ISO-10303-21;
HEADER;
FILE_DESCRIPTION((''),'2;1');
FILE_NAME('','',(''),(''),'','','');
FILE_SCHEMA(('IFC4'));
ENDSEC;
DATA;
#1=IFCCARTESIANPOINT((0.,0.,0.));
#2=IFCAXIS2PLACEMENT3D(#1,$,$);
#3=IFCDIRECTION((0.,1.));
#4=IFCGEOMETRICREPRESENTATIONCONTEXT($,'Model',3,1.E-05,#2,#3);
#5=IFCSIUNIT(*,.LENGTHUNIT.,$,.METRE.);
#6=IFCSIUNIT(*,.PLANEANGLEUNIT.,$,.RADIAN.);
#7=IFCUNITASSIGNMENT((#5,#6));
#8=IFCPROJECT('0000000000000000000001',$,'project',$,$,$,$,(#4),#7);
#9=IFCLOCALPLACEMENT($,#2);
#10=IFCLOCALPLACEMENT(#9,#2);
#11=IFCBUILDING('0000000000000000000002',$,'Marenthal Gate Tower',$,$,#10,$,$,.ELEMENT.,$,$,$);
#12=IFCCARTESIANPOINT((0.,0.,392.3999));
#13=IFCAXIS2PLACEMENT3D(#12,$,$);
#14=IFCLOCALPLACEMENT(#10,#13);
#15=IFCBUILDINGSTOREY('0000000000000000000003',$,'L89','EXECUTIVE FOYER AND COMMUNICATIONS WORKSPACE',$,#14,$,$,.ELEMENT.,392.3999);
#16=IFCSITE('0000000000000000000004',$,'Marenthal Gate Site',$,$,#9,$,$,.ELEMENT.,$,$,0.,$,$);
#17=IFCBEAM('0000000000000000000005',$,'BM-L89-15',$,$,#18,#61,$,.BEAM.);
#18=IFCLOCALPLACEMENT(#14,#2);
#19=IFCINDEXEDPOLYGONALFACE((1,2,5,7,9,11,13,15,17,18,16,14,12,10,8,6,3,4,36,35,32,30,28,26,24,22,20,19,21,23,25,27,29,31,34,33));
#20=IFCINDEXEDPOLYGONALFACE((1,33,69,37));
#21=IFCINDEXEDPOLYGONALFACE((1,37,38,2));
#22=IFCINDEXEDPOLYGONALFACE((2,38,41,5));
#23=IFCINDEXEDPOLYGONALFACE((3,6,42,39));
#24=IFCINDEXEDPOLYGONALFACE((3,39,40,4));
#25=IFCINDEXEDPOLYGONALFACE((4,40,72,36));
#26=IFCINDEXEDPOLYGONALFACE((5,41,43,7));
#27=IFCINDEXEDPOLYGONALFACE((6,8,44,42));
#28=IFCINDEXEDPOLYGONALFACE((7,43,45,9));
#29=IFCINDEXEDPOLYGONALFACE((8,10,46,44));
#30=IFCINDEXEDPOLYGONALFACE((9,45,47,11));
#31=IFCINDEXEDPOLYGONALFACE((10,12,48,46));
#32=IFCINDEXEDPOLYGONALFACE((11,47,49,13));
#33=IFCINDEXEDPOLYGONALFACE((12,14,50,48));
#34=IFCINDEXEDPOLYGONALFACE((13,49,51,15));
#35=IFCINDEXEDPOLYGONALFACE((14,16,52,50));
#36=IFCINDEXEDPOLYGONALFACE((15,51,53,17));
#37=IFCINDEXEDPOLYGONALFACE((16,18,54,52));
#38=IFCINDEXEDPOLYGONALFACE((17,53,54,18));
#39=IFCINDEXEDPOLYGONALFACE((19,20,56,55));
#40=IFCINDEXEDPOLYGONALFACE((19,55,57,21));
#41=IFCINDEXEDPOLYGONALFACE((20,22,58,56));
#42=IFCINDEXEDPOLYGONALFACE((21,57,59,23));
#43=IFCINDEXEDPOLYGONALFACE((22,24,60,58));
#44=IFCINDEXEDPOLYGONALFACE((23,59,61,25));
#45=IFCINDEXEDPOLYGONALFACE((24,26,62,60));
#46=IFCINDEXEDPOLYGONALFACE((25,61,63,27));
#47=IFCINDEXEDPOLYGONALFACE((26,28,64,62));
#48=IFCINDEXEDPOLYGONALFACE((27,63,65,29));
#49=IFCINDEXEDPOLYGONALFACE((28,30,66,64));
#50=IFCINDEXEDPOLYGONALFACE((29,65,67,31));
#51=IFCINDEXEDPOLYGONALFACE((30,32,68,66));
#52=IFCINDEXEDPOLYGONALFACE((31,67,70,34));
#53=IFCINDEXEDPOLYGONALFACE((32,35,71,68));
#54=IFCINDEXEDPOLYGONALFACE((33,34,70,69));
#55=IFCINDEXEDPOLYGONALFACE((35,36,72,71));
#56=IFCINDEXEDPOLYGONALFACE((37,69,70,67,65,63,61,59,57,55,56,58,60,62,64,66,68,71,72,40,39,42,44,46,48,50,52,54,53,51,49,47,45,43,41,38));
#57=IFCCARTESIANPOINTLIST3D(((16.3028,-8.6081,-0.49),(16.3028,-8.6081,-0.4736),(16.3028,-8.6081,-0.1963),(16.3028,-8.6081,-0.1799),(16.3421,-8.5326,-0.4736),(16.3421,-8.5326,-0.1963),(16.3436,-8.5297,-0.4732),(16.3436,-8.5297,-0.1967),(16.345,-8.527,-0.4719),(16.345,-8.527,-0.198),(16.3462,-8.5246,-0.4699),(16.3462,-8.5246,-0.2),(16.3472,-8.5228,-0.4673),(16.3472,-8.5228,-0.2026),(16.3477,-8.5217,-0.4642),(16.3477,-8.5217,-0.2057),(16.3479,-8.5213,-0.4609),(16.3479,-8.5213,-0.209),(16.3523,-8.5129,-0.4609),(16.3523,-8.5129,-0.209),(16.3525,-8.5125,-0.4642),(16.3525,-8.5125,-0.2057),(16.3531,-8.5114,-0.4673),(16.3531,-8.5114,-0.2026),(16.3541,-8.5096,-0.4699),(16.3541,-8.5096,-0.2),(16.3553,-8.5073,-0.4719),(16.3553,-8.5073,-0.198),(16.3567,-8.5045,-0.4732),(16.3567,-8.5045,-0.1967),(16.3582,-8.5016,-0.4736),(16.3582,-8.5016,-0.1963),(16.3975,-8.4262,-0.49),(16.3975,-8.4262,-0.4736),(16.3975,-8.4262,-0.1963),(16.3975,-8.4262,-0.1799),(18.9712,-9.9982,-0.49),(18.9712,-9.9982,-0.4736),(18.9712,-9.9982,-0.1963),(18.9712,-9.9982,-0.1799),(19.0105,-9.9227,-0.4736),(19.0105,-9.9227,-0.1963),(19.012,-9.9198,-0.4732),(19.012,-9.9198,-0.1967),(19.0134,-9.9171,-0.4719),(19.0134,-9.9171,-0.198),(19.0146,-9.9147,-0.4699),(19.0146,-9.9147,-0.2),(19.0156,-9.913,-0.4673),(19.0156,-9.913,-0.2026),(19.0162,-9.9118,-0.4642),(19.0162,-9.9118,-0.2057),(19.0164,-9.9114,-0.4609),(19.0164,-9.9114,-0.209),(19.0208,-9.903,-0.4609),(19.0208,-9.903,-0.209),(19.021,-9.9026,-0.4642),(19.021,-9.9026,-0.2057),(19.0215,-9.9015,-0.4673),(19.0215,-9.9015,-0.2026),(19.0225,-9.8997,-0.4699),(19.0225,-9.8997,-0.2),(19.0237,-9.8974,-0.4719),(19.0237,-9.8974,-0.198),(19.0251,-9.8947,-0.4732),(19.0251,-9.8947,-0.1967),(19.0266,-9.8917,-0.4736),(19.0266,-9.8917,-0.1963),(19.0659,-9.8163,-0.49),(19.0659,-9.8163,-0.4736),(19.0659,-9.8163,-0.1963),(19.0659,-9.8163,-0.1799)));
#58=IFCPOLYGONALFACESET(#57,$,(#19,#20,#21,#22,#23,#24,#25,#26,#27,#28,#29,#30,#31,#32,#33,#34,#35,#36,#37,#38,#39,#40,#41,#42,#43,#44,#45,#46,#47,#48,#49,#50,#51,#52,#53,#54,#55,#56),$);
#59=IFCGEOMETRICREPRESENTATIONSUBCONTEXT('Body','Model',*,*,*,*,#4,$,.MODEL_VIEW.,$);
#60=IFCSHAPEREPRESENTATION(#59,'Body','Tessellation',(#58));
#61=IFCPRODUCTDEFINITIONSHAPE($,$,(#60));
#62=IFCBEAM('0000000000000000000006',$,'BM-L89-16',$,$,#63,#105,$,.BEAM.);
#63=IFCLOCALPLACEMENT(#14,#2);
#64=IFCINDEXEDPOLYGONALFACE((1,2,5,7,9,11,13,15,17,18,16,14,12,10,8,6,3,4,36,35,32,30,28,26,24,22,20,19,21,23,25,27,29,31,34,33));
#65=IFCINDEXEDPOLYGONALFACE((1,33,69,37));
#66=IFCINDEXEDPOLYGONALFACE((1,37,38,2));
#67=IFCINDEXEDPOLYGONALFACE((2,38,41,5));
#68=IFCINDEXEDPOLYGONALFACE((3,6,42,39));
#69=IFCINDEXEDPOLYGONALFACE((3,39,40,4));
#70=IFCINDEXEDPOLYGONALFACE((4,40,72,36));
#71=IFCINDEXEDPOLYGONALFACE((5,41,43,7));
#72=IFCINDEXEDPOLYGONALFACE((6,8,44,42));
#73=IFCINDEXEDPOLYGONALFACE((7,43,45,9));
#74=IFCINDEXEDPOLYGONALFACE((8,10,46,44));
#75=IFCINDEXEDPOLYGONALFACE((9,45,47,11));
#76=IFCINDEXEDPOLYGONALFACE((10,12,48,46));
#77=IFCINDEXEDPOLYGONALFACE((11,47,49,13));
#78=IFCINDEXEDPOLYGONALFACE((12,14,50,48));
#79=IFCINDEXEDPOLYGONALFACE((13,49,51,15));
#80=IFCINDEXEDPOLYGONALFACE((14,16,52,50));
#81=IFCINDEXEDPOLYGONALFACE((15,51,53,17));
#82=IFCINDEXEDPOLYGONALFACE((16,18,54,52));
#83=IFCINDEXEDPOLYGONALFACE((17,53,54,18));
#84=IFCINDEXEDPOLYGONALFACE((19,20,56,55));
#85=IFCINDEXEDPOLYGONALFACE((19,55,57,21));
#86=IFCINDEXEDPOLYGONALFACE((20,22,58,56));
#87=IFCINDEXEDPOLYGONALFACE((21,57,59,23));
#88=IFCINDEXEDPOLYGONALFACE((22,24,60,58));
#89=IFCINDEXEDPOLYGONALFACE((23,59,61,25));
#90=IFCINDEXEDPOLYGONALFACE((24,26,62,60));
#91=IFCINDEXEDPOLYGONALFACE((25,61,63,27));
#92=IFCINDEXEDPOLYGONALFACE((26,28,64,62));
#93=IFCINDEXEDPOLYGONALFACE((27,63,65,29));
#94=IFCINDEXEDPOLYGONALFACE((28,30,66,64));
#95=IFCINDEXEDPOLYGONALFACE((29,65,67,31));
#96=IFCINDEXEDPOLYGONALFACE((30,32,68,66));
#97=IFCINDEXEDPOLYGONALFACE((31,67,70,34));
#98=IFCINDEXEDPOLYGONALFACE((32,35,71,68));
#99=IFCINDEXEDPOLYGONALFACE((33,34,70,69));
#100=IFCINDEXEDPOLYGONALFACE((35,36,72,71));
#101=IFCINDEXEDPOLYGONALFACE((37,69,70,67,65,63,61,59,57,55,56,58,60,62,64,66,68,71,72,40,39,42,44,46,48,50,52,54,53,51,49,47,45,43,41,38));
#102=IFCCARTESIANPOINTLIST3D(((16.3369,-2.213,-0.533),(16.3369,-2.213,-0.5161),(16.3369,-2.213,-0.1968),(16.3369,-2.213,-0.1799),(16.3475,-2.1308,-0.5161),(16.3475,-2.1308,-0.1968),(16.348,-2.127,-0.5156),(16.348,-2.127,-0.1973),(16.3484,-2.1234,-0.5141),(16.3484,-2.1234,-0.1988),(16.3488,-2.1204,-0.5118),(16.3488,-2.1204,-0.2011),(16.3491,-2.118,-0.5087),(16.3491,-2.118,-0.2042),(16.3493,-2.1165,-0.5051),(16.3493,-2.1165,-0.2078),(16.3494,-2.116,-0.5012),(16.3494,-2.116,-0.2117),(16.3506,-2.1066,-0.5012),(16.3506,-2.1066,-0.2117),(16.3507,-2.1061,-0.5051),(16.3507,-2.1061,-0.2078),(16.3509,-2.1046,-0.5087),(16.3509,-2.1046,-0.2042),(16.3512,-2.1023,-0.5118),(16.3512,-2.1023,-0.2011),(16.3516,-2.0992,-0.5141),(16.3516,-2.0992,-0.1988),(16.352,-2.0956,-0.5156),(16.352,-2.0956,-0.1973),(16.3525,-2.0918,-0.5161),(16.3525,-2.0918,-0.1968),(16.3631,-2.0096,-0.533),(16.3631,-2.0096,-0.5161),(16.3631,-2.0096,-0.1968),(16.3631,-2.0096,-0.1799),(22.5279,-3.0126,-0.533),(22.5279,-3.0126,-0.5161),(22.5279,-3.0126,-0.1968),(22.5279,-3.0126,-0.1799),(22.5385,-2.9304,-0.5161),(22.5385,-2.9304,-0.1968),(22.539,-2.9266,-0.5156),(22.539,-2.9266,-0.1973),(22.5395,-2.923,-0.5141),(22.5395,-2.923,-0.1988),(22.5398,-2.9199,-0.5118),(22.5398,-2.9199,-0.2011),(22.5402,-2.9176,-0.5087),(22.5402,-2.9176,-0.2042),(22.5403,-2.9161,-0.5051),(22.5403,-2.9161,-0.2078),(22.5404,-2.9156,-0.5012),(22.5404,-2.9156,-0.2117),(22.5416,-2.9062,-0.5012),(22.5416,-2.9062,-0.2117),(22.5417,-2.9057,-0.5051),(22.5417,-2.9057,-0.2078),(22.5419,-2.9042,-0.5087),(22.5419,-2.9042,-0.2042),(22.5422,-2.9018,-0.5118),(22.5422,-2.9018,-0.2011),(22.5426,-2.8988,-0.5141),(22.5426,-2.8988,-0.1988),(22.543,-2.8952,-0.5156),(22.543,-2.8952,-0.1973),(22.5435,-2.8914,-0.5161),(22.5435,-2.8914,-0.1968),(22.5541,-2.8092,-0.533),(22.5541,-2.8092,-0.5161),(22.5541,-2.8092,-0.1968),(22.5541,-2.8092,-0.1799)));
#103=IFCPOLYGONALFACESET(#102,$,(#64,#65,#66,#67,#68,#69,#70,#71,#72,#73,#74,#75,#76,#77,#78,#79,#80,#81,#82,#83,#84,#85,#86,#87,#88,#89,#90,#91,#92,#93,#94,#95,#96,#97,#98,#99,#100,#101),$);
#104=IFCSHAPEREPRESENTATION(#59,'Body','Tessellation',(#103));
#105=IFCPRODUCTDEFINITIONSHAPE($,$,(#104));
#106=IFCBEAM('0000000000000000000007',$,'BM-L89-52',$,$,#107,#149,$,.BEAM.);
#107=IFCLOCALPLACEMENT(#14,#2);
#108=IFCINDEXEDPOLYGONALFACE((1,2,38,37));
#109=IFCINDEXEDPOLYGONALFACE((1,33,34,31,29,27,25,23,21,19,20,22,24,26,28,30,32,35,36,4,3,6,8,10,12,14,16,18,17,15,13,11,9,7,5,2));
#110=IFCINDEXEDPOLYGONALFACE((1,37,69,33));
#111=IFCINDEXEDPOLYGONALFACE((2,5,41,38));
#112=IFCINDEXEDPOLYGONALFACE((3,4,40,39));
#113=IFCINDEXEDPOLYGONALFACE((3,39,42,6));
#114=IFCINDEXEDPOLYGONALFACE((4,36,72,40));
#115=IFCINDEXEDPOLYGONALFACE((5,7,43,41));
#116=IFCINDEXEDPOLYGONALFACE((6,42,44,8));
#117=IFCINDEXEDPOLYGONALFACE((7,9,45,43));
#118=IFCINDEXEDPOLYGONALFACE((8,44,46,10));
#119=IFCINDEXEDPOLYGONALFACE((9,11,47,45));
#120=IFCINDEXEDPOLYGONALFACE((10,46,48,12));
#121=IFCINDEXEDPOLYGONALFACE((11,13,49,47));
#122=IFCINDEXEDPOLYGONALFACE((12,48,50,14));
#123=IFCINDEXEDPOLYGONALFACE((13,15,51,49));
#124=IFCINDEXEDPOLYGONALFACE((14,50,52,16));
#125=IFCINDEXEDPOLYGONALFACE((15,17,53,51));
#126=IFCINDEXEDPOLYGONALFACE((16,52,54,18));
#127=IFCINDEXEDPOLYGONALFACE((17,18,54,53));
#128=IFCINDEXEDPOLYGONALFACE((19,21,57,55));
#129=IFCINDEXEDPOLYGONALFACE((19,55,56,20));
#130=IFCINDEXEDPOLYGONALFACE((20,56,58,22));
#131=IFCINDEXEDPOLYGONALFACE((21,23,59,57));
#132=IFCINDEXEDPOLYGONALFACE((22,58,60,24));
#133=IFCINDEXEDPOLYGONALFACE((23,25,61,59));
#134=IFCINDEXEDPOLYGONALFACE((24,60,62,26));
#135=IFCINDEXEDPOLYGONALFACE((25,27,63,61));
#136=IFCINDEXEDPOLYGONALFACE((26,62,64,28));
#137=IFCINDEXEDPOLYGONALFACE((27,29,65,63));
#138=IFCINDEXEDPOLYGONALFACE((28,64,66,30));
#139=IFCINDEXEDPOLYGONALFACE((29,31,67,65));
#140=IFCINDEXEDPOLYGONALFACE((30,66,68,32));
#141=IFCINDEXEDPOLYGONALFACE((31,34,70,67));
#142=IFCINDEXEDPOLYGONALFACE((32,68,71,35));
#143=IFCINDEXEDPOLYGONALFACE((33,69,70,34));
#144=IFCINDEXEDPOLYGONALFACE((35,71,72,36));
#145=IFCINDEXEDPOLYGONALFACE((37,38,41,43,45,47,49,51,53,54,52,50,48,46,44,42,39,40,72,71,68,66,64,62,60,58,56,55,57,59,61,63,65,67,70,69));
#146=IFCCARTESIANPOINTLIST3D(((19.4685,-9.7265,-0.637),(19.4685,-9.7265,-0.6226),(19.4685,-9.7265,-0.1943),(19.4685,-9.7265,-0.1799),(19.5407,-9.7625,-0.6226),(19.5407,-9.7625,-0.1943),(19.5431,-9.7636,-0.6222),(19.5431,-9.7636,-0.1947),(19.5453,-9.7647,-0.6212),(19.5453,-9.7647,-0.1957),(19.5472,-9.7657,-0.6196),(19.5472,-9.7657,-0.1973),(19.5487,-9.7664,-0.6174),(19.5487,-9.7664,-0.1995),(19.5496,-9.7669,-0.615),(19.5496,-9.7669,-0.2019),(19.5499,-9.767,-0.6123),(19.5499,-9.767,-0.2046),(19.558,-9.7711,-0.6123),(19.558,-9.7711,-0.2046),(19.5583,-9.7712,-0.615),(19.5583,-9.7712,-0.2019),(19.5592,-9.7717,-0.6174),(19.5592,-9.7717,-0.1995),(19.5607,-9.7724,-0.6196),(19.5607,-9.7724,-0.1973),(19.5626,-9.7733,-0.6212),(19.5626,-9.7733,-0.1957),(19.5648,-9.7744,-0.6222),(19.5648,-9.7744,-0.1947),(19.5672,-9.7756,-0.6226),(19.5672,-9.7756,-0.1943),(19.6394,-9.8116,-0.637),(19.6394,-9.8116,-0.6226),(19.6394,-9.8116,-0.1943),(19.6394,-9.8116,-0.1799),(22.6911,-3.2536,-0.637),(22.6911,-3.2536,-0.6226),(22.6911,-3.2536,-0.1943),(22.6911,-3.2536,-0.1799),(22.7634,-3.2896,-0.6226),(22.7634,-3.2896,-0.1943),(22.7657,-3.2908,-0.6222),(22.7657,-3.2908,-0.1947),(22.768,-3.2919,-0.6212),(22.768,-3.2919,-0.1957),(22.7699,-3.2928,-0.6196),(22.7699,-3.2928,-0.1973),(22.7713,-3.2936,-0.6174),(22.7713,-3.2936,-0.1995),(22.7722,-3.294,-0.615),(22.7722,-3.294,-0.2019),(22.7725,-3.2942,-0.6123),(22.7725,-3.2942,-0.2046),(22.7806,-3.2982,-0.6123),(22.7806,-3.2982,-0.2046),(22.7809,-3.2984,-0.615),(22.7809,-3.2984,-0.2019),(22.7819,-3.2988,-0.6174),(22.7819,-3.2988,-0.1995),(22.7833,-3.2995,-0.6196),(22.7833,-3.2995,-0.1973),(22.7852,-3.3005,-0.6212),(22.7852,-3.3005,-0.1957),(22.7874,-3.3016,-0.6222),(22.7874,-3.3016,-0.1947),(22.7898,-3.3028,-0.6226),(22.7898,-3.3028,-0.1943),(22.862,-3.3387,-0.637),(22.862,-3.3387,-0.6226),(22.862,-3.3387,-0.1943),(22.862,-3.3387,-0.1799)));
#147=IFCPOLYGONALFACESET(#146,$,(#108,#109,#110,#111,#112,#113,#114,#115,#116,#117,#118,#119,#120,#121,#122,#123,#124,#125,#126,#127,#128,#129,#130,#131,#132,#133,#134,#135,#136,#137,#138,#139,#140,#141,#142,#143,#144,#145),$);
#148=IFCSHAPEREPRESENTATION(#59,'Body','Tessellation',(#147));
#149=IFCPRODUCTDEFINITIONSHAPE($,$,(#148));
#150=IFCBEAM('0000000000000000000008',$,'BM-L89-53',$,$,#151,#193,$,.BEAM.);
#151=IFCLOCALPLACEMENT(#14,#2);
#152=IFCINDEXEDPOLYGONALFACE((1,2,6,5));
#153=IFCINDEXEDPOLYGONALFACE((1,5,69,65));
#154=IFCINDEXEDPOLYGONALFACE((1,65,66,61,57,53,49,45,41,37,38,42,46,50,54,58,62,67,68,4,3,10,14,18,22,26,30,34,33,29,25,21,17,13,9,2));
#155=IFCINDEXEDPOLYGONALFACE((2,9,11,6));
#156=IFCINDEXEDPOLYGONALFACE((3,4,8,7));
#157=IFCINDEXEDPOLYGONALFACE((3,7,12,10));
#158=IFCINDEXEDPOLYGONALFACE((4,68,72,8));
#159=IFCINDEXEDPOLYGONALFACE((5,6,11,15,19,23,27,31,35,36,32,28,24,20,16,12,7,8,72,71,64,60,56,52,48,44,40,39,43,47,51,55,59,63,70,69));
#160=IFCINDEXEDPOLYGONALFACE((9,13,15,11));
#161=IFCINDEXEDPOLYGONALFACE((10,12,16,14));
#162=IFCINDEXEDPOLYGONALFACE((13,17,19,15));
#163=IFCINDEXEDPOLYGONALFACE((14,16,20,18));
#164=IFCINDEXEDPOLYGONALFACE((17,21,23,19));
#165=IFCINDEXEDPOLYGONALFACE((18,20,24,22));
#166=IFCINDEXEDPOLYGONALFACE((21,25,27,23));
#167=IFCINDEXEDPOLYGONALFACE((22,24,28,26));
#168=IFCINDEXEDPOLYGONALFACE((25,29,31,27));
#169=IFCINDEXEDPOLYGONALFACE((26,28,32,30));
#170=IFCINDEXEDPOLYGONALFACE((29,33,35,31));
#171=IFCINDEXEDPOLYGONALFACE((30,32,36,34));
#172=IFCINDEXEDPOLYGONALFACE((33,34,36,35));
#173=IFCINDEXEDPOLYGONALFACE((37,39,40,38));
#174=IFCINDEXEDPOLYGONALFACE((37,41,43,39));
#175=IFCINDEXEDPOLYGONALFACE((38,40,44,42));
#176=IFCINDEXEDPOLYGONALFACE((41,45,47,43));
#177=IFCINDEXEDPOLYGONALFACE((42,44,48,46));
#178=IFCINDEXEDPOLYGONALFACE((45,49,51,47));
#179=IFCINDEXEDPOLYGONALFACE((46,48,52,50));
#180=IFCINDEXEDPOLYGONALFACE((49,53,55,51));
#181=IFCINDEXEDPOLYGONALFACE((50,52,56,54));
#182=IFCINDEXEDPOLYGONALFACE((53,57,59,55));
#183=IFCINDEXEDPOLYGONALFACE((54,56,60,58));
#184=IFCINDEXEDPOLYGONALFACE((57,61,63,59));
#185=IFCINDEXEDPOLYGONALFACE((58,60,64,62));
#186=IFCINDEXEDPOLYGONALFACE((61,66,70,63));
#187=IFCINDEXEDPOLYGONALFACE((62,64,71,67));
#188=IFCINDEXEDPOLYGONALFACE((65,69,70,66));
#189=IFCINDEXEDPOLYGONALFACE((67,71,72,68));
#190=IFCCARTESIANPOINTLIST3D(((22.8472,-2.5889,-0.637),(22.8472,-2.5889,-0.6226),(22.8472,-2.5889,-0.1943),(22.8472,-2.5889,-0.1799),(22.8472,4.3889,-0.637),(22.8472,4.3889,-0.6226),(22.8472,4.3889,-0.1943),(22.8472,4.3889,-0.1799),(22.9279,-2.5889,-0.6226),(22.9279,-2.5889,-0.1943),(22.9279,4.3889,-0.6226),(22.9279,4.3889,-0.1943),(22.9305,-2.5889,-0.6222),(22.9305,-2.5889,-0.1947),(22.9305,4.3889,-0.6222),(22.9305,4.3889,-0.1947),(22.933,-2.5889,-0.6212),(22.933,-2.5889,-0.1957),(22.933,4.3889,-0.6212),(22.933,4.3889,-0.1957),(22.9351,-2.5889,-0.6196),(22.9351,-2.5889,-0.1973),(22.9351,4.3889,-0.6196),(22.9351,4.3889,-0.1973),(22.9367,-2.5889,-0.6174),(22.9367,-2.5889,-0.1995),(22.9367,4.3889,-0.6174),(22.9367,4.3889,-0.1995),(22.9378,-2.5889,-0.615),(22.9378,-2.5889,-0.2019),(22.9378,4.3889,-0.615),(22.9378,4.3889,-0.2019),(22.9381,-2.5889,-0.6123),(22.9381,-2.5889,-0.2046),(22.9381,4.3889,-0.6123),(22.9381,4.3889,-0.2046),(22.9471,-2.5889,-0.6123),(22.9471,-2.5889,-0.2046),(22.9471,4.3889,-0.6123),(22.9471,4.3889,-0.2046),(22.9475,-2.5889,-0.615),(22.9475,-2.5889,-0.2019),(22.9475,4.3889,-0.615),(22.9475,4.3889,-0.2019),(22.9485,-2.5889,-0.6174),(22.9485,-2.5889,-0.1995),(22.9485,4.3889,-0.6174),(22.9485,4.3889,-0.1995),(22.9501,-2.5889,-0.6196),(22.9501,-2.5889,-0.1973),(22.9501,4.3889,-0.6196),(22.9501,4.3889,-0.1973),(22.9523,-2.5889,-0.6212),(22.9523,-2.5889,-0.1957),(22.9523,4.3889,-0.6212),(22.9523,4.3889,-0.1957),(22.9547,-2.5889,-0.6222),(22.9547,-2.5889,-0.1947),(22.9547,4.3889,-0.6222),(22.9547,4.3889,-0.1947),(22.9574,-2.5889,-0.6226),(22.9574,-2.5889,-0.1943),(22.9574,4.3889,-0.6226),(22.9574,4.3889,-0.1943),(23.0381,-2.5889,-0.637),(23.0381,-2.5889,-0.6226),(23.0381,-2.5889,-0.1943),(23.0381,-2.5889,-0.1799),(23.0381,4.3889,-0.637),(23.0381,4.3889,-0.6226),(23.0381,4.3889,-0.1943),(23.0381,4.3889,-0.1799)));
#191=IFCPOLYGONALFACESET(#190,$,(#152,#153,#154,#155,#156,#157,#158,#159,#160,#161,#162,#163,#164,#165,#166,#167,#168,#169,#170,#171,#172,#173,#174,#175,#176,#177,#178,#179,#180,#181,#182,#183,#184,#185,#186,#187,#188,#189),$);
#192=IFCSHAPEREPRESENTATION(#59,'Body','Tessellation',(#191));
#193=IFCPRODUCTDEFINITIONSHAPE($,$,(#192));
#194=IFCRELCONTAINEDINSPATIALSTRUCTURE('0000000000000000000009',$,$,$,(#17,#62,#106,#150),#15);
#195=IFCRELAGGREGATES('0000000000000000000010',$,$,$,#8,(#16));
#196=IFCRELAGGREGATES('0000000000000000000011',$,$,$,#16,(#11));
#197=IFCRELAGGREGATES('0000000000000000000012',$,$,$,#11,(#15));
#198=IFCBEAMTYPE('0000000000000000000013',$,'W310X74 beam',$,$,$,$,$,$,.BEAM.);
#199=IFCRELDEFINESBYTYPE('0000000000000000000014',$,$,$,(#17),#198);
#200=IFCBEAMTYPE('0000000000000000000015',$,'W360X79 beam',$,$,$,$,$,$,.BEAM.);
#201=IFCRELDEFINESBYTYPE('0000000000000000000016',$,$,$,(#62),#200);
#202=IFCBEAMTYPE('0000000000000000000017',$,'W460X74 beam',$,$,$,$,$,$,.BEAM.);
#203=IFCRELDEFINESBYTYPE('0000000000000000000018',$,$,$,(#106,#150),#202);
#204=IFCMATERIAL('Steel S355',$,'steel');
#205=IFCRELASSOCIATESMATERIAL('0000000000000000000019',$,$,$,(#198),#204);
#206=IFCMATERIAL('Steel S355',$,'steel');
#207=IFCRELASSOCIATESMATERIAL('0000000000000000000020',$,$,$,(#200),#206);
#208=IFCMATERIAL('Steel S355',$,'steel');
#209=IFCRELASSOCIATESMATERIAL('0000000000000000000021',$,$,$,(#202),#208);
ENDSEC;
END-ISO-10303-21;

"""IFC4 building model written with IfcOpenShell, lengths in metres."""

from ifc_helpers import new_model, si_unit, direction, frame, origin, origin_2d, place, context, subcontext, project, spatial, i_section, extrude, material, material_profile, profile_set, type_object, element, save


model = new_model("IFC4")

# Units and contexts
model_context = context("Model", 3, precision=1e-05, world=origin(), true_north=direction((0.0, 1.0)))
body_context = subcontext(model_context, "Body", "Model", "MODEL_VIEW")
ifc_project = project(units=[si_unit("LENGTHUNIT", "METRE"), si_unit("PLANEANGLEUNIT", "RADIAN")], contexts=[model_context])

# Site, building, storey
site_placement = place(None, origin())
site = spatial("IfcSite", under=ifc_project, at=site_placement, Name="Marenthal Gate Site", CompositionType="ELEMENT", RefElevation=0.0)
building_placement = place(site_placement, origin())
building = spatial("IfcBuilding", under=site, at=building_placement, Name="Marenthal Gate Tower", CompositionType="ELEMENT")
storey_placement = place(building_placement, frame((0.0, 0.0, 392.3999)))
storey = spatial("IfcBuildingStorey", under=building, at=storey_placement, Name="L89", Description="EXECUTIVE FOYER AND COMMUNICATIONS WORKSPACE", CompositionType="ELEMENT", Elevation=392.3999)

# Beams
ifc_material_1 = material(Name="Steel S355", Category="steel")
ifc_material_profile_1 = material_profile(ifc_material_1, i_section(OverallWidth=0.2051, OverallDepth=0.3101, WebThickness=0.0095, FlangeThickness=0.0164, FilletRadius=0.0127, at=origin_2d()), Name="W310X74")
ifc_profile_set_1 = profile_set([ifc_material_profile_1], Name="Steel S355")
beam_type_1 = type_object("IfcBeamType", Name="W310X74 beam", PredefinedType="BEAM", material=ifc_profile_set_1)
beam_1_placement = place(storey_placement, frame((19.0186, -9.9072, -0.335), z_axis=(-0.886871, 0.462017, 0.0), x_axis=(-0.462017, -0.886871, 0.0)))
element("IfcBeam", 1, at=beam_1_placement, inside=storey, type_object=beam_type_1, Name="BM-L89-15", PredefinedType="BEAM", context=body_context, shape_type="SweptSolid", body=[
    extrude(i_section(OverallWidth=0.2051, OverallDepth=0.3101, WebThickness=0.0095, FlangeThickness=0.0164, FilletRadius=0.0127, at=origin_2d()), origin(), (0.0, 0.0, 1.0), 3.0088),
])
ifc_material_2 = material(Name="Steel S355", Category="steel")
ifc_material_profile_2 = material_profile(ifc_material_2, i_section(OverallWidth=0.2051, OverallDepth=0.353, WebThickness=0.0095, FlangeThickness=0.0168, FilletRadius=0.0149, at=origin_2d()), Name="W360X79")
ifc_profile_set_2 = profile_set([ifc_material_profile_2], Name="Steel S355")
beam_type_2 = type_object("IfcBeamType", Name="W360X79 beam", PredefinedType="BEAM", material=ifc_profile_set_2)
beam_2_placement = place(storey_placement, frame((22.541, -2.9109, -0.3564), z_axis=(-0.991763, 0.128087, 0.0), x_axis=(-0.128087, -0.991763, 0.0)))
element("IfcBeam", 2, at=beam_2_placement, inside=storey, type_object=beam_type_2, Name="BM-L89-16", PredefinedType="BEAM", context=body_context, shape_type="SweptSolid", body=[
    extrude(i_section(OverallWidth=0.2051, OverallDepth=0.353, WebThickness=0.0095, FlangeThickness=0.0168, FilletRadius=0.0149, at=origin_2d()), origin(), (0.0, 0.0, 1.0), 6.2424),
])
ifc_material_3 = material(Name="Steel S355", Category="steel")
ifc_material_profile_3 = material_profile(ifc_material_3, i_section(OverallWidth=0.1909, OverallDepth=0.457, WebThickness=0.009, FlangeThickness=0.0144, FilletRadius=0.0103, at=origin_2d()), Name="W460X74")
ifc_profile_set_3 = profile_set([ifc_material_profile_3], Name="Steel S355")
beam_type_3 = type_object("IfcBeamType", Name="W460X74 beam", PredefinedType="BEAM", material=ifc_profile_set_3)
beam_3_placement = place(storey_placement, frame((19.554, -9.769, -0.4084), z_axis=(0.445687, 0.895189, 0.0), x_axis=(-0.895189, 0.445687, 0.0)))
element("IfcBeam", 3, at=beam_3_placement, inside=storey, type_object=beam_type_3, Name="BM-L89-52", PredefinedType="BEAM", context=body_context, shape_type="SweptSolid", body=[
    extrude(i_section(OverallWidth=0.1909, OverallDepth=0.457, WebThickness=0.009, FlangeThickness=0.0144, FilletRadius=0.0103, at=origin_2d()), origin(), (0.0, 0.0, 1.0), 7.2307),
])
beam_4_placement = place(storey_placement, frame((22.9426, -2.5889, -0.4084), z_axis=(0.0, 1.0, 0.0), x_axis=(-1.0, 0.0, 0.0)))
element("IfcBeam", 4, at=beam_4_placement, inside=storey, type_object=beam_type_3, Name="BM-L89-53", PredefinedType="BEAM", context=body_context, shape_type="SweptSolid", body=[
    extrude(i_section(OverallWidth=0.1909, OverallDepth=0.457, WebThickness=0.009, FlangeThickness=0.0144, FilletRadius=0.0103, at=origin_2d()), origin(), (0.0, 0.0, 1.0), 6.9778),
])

save(model, "model.ifc")
